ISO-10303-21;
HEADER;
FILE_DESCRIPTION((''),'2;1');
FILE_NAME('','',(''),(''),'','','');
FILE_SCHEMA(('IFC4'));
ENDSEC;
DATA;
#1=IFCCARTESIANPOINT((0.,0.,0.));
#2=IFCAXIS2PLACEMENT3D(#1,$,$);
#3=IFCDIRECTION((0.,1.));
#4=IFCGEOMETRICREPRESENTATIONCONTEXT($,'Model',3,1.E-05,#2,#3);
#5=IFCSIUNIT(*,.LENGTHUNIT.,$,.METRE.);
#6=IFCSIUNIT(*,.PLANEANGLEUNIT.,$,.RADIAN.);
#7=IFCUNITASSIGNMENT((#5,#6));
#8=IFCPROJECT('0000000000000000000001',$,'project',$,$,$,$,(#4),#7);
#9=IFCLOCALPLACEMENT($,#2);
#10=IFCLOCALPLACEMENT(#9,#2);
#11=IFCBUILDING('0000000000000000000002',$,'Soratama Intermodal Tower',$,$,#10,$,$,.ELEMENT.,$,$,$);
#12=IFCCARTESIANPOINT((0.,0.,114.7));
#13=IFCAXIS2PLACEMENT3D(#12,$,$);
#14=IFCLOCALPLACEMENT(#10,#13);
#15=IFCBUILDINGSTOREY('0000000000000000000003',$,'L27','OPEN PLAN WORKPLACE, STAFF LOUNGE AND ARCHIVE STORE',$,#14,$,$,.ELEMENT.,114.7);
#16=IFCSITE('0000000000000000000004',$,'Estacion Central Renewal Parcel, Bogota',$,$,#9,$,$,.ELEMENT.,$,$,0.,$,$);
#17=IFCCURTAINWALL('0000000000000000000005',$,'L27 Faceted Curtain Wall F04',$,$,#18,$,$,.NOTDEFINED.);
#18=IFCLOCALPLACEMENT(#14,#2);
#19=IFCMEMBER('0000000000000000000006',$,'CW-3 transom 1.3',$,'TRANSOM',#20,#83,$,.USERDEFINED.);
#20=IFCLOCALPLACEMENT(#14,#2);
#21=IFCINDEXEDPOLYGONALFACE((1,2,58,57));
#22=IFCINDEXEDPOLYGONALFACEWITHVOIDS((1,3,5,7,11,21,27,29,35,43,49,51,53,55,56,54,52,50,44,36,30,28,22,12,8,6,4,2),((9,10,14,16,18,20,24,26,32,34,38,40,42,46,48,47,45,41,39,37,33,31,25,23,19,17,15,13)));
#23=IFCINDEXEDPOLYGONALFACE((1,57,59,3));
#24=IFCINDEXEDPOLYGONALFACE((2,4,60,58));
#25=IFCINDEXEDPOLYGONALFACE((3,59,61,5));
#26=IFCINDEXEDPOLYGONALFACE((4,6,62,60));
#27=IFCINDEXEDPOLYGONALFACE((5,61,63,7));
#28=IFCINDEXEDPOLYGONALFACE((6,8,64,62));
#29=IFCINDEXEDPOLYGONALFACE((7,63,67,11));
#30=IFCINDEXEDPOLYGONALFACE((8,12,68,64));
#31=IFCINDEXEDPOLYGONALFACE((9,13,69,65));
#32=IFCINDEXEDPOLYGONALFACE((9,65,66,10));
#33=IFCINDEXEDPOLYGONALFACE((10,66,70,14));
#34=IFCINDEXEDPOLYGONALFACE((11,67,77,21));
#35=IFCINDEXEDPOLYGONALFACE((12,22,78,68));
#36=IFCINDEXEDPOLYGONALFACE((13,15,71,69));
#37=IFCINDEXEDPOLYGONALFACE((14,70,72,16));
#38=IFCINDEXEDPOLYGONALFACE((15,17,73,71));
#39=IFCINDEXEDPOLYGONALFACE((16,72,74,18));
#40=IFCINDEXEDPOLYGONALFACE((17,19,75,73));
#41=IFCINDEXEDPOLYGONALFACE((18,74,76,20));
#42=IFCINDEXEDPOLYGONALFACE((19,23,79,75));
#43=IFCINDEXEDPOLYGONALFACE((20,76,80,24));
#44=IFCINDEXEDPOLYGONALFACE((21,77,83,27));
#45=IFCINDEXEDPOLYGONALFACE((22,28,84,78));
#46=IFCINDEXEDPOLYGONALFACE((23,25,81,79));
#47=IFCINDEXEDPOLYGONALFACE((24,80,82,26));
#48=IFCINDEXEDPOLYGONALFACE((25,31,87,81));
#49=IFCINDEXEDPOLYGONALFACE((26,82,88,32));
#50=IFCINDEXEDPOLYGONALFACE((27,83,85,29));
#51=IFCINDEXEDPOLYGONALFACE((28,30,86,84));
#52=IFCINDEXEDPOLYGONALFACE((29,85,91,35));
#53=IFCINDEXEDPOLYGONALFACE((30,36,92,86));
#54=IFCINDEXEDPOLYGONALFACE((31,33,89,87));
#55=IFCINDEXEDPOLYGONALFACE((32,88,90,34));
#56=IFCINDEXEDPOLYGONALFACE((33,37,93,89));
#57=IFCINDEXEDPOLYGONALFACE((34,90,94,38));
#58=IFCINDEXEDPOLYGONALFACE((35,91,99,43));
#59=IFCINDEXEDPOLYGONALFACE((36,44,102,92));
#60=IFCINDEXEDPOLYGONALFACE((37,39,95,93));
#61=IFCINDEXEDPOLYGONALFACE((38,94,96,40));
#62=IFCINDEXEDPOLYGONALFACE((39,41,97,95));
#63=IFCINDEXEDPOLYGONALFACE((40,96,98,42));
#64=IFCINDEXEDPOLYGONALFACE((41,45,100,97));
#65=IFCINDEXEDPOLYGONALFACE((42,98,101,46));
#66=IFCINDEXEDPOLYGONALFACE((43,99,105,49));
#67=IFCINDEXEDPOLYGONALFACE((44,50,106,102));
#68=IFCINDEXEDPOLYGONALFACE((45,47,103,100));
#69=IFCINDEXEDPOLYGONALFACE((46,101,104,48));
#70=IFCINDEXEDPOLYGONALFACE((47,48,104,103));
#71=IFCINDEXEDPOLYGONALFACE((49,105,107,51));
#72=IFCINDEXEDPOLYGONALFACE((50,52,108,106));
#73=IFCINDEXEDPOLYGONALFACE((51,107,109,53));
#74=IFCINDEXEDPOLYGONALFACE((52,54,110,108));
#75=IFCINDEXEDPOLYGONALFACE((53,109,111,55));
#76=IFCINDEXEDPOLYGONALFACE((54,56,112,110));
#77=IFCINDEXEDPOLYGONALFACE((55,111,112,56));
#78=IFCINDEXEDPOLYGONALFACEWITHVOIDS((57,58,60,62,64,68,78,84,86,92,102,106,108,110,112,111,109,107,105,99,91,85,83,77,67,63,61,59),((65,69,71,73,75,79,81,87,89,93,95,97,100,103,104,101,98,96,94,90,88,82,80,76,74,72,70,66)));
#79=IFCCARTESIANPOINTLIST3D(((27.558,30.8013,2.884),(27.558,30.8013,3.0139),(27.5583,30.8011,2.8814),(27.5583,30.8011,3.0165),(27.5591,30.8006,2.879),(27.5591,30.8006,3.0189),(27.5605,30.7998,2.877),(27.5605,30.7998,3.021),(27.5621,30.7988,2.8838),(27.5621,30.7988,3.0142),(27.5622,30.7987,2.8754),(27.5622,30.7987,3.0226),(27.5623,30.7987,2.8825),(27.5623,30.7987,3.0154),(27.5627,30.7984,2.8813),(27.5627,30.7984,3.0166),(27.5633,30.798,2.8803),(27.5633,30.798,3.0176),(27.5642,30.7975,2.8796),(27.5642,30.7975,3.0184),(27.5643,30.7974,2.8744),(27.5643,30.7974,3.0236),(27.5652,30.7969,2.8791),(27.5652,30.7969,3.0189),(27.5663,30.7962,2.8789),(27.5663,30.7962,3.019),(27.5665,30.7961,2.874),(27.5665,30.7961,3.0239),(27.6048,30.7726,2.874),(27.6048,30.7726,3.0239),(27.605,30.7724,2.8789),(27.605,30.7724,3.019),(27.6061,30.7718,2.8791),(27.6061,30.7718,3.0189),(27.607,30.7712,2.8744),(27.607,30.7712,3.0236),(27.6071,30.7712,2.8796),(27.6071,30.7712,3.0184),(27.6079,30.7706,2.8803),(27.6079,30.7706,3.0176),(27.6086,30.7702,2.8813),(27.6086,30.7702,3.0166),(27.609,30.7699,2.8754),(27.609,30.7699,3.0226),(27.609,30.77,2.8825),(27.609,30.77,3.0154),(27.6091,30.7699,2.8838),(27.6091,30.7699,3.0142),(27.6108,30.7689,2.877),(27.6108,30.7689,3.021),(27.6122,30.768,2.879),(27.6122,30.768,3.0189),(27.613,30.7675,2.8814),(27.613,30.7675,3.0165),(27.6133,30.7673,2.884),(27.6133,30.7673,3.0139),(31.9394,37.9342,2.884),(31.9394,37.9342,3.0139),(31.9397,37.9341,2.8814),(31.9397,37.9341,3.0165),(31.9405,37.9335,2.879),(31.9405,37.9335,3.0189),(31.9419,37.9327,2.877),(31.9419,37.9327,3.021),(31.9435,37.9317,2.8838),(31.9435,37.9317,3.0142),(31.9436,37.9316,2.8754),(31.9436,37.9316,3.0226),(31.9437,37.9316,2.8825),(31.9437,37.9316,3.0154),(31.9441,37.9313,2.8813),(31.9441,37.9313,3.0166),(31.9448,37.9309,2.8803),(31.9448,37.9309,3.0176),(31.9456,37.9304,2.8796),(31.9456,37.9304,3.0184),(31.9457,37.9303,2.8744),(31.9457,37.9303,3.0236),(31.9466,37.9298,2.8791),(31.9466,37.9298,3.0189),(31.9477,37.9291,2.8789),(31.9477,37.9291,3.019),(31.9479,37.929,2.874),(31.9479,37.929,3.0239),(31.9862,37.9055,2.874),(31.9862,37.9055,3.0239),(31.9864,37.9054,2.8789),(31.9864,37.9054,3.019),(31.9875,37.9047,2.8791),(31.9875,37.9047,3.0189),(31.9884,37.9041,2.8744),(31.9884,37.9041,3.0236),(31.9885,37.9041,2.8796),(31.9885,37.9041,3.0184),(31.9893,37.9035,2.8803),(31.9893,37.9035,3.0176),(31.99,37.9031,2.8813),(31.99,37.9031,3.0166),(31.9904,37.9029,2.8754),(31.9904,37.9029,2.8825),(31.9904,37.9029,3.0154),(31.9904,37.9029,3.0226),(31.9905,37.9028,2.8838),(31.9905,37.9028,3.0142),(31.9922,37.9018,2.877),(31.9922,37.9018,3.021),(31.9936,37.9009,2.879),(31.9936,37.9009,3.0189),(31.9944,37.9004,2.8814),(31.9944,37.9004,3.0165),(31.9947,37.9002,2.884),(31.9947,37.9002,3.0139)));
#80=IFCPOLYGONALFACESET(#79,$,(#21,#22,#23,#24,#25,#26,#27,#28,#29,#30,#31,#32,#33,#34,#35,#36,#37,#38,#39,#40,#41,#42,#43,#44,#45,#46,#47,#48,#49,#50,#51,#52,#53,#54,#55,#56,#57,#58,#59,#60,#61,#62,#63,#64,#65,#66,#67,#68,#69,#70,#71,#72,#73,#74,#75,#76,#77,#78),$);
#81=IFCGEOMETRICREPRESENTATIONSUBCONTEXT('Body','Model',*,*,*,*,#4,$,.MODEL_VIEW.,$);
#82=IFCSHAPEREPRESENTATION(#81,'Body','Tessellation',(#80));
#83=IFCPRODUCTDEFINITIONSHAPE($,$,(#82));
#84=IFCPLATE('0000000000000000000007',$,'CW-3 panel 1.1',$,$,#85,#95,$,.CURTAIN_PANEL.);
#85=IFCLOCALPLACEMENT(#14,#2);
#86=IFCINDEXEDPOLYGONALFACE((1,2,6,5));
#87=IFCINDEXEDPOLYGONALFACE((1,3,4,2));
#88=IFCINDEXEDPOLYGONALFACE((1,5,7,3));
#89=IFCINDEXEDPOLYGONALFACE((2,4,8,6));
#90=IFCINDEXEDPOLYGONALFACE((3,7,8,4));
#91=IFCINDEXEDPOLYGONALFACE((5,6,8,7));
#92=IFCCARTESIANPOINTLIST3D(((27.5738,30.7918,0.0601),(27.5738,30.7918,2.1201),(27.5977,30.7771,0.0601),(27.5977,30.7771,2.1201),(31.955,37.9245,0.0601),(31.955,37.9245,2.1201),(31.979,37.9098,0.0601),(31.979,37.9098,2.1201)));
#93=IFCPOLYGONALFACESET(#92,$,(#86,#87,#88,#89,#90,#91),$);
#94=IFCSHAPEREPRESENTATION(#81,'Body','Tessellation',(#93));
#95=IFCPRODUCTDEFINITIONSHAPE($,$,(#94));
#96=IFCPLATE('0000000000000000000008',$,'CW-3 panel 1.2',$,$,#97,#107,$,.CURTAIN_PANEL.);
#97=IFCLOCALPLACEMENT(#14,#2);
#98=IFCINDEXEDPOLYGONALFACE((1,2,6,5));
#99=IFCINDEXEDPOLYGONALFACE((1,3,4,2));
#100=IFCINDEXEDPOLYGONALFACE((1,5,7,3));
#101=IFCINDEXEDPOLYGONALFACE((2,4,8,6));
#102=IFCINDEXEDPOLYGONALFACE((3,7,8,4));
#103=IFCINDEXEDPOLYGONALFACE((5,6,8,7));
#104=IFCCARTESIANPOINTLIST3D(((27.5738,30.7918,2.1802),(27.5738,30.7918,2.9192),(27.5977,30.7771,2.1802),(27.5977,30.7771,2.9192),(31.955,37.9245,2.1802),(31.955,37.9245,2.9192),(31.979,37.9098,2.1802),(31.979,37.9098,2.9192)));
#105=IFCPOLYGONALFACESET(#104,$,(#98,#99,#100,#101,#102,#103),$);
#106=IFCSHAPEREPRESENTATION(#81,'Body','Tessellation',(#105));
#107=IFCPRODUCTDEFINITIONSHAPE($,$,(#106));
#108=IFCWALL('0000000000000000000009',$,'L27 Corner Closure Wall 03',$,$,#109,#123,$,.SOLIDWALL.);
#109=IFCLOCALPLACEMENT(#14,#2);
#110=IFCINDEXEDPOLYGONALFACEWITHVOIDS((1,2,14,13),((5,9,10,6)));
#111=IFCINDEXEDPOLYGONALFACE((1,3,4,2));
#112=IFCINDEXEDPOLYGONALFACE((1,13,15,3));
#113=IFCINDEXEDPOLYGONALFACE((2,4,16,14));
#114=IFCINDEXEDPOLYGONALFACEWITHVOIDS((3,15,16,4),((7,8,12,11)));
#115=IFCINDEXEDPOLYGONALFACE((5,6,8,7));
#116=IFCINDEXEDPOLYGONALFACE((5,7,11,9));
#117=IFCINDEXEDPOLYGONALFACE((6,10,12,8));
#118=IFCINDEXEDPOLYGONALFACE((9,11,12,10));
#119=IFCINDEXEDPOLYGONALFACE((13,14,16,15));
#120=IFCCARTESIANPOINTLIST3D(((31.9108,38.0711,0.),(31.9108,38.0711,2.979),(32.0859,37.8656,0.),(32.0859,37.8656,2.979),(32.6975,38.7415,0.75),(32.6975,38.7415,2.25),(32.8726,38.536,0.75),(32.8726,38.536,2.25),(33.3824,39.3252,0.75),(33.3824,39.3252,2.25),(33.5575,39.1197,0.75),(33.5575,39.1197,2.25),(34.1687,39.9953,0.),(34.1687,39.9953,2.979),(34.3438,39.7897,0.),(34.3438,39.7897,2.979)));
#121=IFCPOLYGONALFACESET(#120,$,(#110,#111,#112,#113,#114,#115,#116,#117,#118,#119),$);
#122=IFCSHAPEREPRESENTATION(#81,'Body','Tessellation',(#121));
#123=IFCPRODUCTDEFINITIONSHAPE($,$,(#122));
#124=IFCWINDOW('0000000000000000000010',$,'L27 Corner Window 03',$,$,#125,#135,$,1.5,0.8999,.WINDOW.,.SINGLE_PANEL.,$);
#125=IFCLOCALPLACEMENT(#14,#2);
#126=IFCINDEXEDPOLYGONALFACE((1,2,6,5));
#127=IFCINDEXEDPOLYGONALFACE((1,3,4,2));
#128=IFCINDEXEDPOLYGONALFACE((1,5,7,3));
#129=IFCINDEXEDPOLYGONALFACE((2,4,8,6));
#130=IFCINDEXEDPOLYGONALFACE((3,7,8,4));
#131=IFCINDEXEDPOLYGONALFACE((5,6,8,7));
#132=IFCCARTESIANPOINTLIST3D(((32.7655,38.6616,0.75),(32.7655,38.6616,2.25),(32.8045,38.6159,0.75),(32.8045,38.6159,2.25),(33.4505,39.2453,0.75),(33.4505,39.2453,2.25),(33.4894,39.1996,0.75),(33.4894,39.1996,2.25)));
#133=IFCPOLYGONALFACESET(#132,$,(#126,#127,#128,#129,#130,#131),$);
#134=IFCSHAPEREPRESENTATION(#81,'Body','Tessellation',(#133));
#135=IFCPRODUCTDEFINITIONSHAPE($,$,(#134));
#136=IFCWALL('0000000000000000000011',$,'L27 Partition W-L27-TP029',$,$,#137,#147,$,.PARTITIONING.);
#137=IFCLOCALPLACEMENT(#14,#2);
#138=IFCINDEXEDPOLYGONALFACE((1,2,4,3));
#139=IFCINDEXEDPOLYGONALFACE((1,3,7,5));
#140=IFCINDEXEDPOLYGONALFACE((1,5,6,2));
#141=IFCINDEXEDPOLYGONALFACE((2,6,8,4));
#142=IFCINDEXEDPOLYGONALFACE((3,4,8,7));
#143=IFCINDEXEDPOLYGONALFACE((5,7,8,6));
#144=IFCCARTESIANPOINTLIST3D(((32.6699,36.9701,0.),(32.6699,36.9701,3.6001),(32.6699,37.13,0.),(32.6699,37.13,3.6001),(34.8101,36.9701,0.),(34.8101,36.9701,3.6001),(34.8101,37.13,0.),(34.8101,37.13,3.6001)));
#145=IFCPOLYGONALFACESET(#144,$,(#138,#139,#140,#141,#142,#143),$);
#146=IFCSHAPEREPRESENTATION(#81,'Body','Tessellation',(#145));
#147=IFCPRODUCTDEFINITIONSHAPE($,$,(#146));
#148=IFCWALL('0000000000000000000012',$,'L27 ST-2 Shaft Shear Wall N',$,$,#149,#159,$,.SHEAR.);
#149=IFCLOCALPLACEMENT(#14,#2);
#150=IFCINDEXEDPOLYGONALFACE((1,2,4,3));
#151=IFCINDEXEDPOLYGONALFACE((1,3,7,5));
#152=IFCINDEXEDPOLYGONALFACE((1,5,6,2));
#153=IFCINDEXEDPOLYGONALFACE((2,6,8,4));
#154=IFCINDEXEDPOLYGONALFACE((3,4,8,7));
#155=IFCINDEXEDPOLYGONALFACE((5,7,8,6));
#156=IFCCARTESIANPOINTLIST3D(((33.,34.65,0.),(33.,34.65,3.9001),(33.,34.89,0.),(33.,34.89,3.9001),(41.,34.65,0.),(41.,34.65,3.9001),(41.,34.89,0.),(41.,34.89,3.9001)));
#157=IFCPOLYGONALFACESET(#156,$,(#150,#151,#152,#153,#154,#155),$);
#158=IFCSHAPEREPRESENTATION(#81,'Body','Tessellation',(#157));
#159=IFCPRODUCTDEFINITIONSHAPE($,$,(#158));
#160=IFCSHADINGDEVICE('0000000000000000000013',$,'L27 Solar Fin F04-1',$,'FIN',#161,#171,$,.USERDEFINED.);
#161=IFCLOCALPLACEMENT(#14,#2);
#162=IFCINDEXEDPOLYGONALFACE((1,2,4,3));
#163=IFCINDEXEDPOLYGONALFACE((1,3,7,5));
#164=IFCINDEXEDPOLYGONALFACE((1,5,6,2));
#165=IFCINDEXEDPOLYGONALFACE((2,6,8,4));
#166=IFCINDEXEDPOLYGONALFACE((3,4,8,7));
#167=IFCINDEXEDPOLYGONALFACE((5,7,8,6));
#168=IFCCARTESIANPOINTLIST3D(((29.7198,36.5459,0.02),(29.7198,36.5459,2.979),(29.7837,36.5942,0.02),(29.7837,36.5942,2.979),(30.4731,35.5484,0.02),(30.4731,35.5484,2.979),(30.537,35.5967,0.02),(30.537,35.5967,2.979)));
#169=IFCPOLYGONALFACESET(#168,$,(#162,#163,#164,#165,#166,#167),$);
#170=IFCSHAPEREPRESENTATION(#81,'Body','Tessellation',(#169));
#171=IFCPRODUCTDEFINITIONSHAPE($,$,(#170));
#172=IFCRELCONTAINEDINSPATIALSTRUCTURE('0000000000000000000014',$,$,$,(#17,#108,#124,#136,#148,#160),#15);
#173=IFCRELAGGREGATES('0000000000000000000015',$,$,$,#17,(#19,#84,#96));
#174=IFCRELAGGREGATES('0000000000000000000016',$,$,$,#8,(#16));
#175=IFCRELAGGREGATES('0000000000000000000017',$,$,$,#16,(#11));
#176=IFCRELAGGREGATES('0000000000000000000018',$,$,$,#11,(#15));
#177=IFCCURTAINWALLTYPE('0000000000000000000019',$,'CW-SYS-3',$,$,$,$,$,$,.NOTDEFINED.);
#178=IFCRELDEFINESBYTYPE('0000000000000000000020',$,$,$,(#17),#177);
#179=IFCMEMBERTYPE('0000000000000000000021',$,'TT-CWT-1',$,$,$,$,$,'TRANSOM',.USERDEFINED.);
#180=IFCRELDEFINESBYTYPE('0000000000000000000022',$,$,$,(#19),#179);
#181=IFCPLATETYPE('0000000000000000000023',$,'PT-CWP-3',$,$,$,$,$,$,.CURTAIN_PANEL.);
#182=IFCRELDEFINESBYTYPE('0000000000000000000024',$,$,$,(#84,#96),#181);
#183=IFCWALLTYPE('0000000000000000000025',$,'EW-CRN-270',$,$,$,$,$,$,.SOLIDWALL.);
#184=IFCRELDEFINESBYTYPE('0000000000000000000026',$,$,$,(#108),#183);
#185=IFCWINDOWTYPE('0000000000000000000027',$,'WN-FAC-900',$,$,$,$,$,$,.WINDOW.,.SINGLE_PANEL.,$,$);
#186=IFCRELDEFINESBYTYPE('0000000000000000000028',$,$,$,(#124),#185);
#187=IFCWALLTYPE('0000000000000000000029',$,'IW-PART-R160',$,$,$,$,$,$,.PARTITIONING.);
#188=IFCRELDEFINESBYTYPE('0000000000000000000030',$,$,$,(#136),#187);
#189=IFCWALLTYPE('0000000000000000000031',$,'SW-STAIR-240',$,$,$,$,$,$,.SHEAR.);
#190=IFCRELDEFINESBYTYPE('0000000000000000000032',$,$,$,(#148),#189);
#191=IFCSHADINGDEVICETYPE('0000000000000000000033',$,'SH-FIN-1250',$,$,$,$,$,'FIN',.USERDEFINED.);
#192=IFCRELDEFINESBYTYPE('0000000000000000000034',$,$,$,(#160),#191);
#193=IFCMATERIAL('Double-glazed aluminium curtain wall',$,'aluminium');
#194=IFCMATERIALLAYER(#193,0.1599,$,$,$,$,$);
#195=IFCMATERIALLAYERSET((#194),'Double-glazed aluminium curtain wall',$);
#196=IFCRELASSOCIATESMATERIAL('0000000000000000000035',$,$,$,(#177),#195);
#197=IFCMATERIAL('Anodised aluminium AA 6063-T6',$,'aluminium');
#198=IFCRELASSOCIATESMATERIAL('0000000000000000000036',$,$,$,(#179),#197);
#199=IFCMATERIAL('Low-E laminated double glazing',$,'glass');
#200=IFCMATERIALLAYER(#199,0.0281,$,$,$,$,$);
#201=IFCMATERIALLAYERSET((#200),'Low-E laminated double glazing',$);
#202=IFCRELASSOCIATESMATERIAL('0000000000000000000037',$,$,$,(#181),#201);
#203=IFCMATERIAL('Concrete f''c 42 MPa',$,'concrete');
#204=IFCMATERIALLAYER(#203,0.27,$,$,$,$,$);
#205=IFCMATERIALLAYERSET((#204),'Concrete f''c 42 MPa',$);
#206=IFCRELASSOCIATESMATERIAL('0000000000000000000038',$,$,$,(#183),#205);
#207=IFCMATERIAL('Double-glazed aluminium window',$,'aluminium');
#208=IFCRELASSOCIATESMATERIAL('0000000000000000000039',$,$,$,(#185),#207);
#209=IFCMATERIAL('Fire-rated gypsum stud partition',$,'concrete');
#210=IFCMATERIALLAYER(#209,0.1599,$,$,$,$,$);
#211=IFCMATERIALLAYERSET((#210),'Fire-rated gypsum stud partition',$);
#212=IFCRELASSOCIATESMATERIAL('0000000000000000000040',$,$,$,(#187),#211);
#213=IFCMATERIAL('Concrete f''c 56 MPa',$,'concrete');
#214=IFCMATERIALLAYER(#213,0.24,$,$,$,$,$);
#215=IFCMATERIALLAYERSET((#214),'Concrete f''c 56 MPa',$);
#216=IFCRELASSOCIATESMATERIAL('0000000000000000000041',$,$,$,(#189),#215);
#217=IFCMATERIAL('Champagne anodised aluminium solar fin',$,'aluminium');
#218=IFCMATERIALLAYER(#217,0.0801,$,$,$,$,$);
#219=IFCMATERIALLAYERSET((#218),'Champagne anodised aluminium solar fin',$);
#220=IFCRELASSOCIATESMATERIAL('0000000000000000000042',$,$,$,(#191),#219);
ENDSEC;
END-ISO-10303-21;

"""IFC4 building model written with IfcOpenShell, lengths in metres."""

from ifc_helpers import new_model, si_unit, direction, frame, frame_2d, origin, origin_2d, place, context, subcontext, project, spatial, rectangle, hollow_rectangle, extrude, material, layer, layer_set, material_profile, profile_set, type_object, element, fill, aggregate, save


model = new_model("IFC4")

# Units and contexts
model_context = context("Model", 3, precision=1e-05, world=origin(), true_north=direction((0.0, 1.0)))
body_context = subcontext(model_context, "Body", "Model", "MODEL_VIEW")
ifc_project = project(units=[si_unit("LENGTHUNIT", "METRE"), si_unit("PLANEANGLEUNIT", "RADIAN")], contexts=[model_context])

# Site, building, storey
site_placement = place(None, origin())
site = spatial("IfcSite", under=ifc_project, at=site_placement, Name="Estacion Central Renewal Parcel, Bogota", CompositionType="ELEMENT", RefElevation=0.0)
building_placement = place(site_placement, origin())
building = spatial("IfcBuilding", under=site, at=building_placement, Name="Soratama Intermodal Tower", CompositionType="ELEMENT")
storey_placement = place(building_placement, frame((0.0, 0.0, 114.7)))
storey = spatial("IfcBuildingStorey", under=building, at=storey_placement, Name="L27", Description="OPEN PLAN WORKPLACE, STAFF LOUNGE AND ARCHIVE STORE", CompositionType="ELEMENT", Elevation=114.7)

# Shared definitions
ifc_material_1 = material(Name="Double-glazed aluminium curtain wall", Category="aluminium")
ifc_layer_1 = layer(ifc_material_1, 0.1599)
ifc_layer_set_1 = layer_set([ifc_layer_1], Name="Double-glazed aluminium curtain wall")
curtain_wall_type = type_object("IfcCurtainWallType", Name="CW-SYS-3", PredefinedType="NOTDEFINED", material=ifc_layer_set_1)

# Curtain wall, member, plates
curtain_wall_1_placement = place(storey_placement, origin())
curtain_wall_1 = element("IfcCurtainWall", 1, at=curtain_wall_1_placement, inside=storey, type_object=curtain_wall_type, Name="L27 Faceted Curtain Wall F04", PredefinedType="NOTDEFINED")
ifc_material_2 = material(Name="Anodised aluminium AA 6063-T6", Category="aluminium")
ifc_material_profile_1 = material_profile(ifc_material_2, hollow_rectangle(XDim=0.0649, YDim=0.1499, WallThickness=0.0049, InnerFilletRadius=0.0049, OuterFilletRadius=0.01, at=origin_2d()), Name="CWT150X65X5")
ifc_profile_set_1 = profile_set([ifc_material_profile_1], Name="Anodised aluminium AA 6063-T6")
member_type_1 = type_object("IfcMemberType", Name="TT-CWT-1", ElementType="TRANSOM", PredefinedType="USERDEFINED", material=ifc_profile_set_1)
member_1_placement = place(storey_placement, frame((31.967, 37.9172, 2.949), z_axis=(-0.523398, -0.852089, 0.0), x_axis=(0.852089, -0.523398, 0.0)))
member_1 = element("IfcMember", 2, at=member_1_placement, type_object=member_type_1, Name="CW-3 transom 1.3", ObjectType="TRANSOM", PredefinedType="USERDEFINED", context=body_context, shape_type="SweptSolid", body=[
    extrude(hollow_rectangle(XDim=0.0649, YDim=0.1499, WallThickness=0.0049, InnerFilletRadius=0.0049, OuterFilletRadius=0.01, at=origin_2d()), origin(), (0.0, 0.0, 1.0), 8.3711),
])
ifc_material_3 = material(Name="Low-E laminated double glazing", Category="glass")
ifc_layer_2 = layer(ifc_material_3, 0.0281)
ifc_layer_set_2 = layer_set([ifc_layer_2], Name="Low-E laminated double glazing")
plate_type = type_object("IfcPlateType", Name="PT-CWP-3", PredefinedType="CURTAIN_PANEL", material=ifc_layer_set_2)
plate_1_placement = place(storey_placement, frame((29.7764, 34.3508, 0.0601), z_axis=(0.0, 0.0, 1.0), x_axis=(-0.523396, -0.852089, 0.0)))
plate_1 = element("IfcPlate", 3, at=plate_1_placement, type_object=plate_type, Name="CW-3 panel 1.1", PredefinedType="CURTAIN_PANEL", context=body_context, shape_type="SweptSolid", body=[
    extrude(rectangle(XDim=8.3708, YDim=0.0281, at=origin_2d()), origin(), (0.0, 0.0, 1.0), 2.0601),
])
plate_2_placement = place(storey_placement, frame((29.7764, 34.3508, 2.1802), z_axis=(0.0, 0.0, 1.0), x_axis=(-0.523396, -0.852089, 0.0)))
plate_2 = element("IfcPlate", 4, at=plate_2_placement, type_object=plate_type, Name="CW-3 panel 1.2", PredefinedType="CURTAIN_PANEL", context=body_context, shape_type="SweptSolid", body=[
    extrude(rectangle(XDim=8.3708, YDim=0.0281, at=origin_2d()), origin(), (0.0, 0.0, 1.0), 0.739),
])
aggregate(curtain_wall_1, [member_1, plate_1, plate_2])

# Wall, opening, window
ifc_material_4 = material(Name="Concrete f'c 42 MPa", Category="concrete")
ifc_layer_3 = layer(ifc_material_4, 0.27)
ifc_layer_set_3 = layer_set([ifc_layer_3], Name="Concrete f'c 42 MPa")
wall_type_1 = type_object("IfcWallType", Name="EW-CRN-270", PredefinedType="SOLIDWALL", material=ifc_layer_set_3)
wall_1_placement = place(storey_placement, frame((34.2563, 39.8926, 0.0), z_axis=(0.0, 0.0, 1.0), x_axis=(-0.761118, -0.648613, 0.0)))
wall_1 = element("IfcWall", 5, at=wall_1_placement, inside=storey, type_object=wall_type_1, Name="L27 Corner Closure Wall 03", PredefinedType="SOLIDWALL", context=body_context, shape_type="SweptSolid", body=[
    extrude(rectangle(XDim=2.9666, YDim=0.27, at=frame_2d((1.4834, 0.0))), origin(), (0.0, 0.0, 1.0), 2.979),
])
opening_1_placement = place(wall_1_placement, frame((1.0332, 0.0, 0.75)))
opening_1 = element("IfcOpeningElement", 6, at=opening_1_placement, cuts=wall_1, PredefinedType="OPENING", context=body_context, shape_type="SweptSolid", body=[
    extrude(rectangle(XDim=0.8999, YDim=1.5, at=frame_2d((0.45, 0.75))), frame((0.0, 0.145, 0.0), z_axis=(0.0, -1.0, 0.0), x_axis=(1.0, 0.0, 0.0)), (0.0, 0.0, 1.0), 0.29),
])
ifc_material_5 = material(Name="Double-glazed aluminium window", Category="aluminium")
window_type = type_object("IfcWindowType", Name="WN-FAC-900", PartitioningType="SINGLE_PANEL", PredefinedType="WINDOW", material=ifc_material_5)
window_placement = place(opening_1_placement, origin())
window = element("IfcWindow", 7, at=window_placement, inside=storey, type_object=window_type, Name="L27 Corner Window 03", OverallHeight=1.5, OverallWidth=0.8999, PartitioningType="SINGLE_PANEL", PredefinedType="WINDOW", context=body_context, shape_type="SweptSolid", body=[
    extrude(rectangle(XDim=0.8999, YDim=1.5, at=frame_2d((0.45, 0.75))), frame((0.0, 0.03, 0.0), z_axis=(0.0, -1.0, 0.0), x_axis=(1.0, 0.0, 0.0)), (0.0, 0.0, 1.0), 0.0601),
])
fill(opening_1, window)

# Wall
ifc_material_6 = material(Name="Fire-rated gypsum stud partition", Category="concrete")
ifc_layer_4 = layer(ifc_material_6, 0.1599)
ifc_layer_set_4 = layer_set([ifc_layer_4], Name="Fire-rated gypsum stud partition")
wall_type_2 = type_object("IfcWallType", Name="IW-PART-R160", PredefinedType="PARTITIONING", material=ifc_layer_set_4)
wall_2_placement = place(storey_placement, frame((32.6699, 37.05, 0.0), z_axis=(0.0, 0.0, 1.0), x_axis=(1.0, 0.0, 0.0)))
element("IfcWall", 8, at=wall_2_placement, inside=storey, type_object=wall_type_2, Name="L27 Partition W-L27-TP029", PredefinedType="PARTITIONING", context=body_context, shape_type="SweptSolid", body=[
    extrude(rectangle(XDim=2.1401, YDim=0.1599, at=frame_2d((1.0701, 0.0))), origin(), (0.0, 0.0, 1.0), 3.6001),
])

# Wall
ifc_material_7 = material(Name="Concrete f'c 56 MPa", Category="concrete")
ifc_layer_5 = layer(ifc_material_7, 0.24)
ifc_layer_set_5 = layer_set([ifc_layer_5], Name="Concrete f'c 56 MPa")
wall_type_3 = type_object("IfcWallType", Name="SW-STAIR-240", PredefinedType="SHEAR", material=ifc_layer_set_5)
wall_3_placement = place(storey_placement, frame((33.0, 34.77, 0.0), z_axis=(0.0, 0.0, 1.0), x_axis=(1.0, 0.0, 0.0)))
element("IfcWall", 9, at=wall_3_placement, inside=storey, type_object=wall_type_3, Name="L27 ST-2 Shaft Shear Wall N", PredefinedType="SHEAR", context=body_context, shape_type="SweptSolid", body=[
    extrude(rectangle(XDim=8.0, YDim=0.24, at=frame_2d((4.0, 0.0))), origin(), (0.0, 0.0, 1.0), 3.9001),
])

# Shading device
ifc_material_8 = material(Name="Champagne anodised aluminium solar fin", Category="aluminium")
ifc_layer_6 = layer(ifc_material_8, 0.0801)
ifc_layer_set_6 = layer_set([ifc_layer_6], Name="Champagne anodised aluminium solar fin")
shading_device_type = type_object("IfcShadingDeviceType", Name="SH-FIN-1250", ElementType="FIN", PredefinedType="USERDEFINED", material=ifc_layer_set_6)
shading_device_placement = place(storey_placement, frame((30.1284, 36.0713, 0.02), z_axis=(0.0, 0.0, 1.0), x_axis=(-0.602651, 0.798005, 0.0)))
element("IfcShadingDevice", 10, at=shading_device_placement, inside=storey, type_object=shading_device_type, Name="L27 Solar Fin F04-1", ObjectType="FIN", PredefinedType="USERDEFINED", context=body_context, shape_type="SweptSolid", body=[
    extrude(rectangle(XDim=1.25, YDim=0.0801, at=origin_2d()), origin(), (0.0, 0.0, 1.0), 2.959),
])

save(model, "model.ifc")
